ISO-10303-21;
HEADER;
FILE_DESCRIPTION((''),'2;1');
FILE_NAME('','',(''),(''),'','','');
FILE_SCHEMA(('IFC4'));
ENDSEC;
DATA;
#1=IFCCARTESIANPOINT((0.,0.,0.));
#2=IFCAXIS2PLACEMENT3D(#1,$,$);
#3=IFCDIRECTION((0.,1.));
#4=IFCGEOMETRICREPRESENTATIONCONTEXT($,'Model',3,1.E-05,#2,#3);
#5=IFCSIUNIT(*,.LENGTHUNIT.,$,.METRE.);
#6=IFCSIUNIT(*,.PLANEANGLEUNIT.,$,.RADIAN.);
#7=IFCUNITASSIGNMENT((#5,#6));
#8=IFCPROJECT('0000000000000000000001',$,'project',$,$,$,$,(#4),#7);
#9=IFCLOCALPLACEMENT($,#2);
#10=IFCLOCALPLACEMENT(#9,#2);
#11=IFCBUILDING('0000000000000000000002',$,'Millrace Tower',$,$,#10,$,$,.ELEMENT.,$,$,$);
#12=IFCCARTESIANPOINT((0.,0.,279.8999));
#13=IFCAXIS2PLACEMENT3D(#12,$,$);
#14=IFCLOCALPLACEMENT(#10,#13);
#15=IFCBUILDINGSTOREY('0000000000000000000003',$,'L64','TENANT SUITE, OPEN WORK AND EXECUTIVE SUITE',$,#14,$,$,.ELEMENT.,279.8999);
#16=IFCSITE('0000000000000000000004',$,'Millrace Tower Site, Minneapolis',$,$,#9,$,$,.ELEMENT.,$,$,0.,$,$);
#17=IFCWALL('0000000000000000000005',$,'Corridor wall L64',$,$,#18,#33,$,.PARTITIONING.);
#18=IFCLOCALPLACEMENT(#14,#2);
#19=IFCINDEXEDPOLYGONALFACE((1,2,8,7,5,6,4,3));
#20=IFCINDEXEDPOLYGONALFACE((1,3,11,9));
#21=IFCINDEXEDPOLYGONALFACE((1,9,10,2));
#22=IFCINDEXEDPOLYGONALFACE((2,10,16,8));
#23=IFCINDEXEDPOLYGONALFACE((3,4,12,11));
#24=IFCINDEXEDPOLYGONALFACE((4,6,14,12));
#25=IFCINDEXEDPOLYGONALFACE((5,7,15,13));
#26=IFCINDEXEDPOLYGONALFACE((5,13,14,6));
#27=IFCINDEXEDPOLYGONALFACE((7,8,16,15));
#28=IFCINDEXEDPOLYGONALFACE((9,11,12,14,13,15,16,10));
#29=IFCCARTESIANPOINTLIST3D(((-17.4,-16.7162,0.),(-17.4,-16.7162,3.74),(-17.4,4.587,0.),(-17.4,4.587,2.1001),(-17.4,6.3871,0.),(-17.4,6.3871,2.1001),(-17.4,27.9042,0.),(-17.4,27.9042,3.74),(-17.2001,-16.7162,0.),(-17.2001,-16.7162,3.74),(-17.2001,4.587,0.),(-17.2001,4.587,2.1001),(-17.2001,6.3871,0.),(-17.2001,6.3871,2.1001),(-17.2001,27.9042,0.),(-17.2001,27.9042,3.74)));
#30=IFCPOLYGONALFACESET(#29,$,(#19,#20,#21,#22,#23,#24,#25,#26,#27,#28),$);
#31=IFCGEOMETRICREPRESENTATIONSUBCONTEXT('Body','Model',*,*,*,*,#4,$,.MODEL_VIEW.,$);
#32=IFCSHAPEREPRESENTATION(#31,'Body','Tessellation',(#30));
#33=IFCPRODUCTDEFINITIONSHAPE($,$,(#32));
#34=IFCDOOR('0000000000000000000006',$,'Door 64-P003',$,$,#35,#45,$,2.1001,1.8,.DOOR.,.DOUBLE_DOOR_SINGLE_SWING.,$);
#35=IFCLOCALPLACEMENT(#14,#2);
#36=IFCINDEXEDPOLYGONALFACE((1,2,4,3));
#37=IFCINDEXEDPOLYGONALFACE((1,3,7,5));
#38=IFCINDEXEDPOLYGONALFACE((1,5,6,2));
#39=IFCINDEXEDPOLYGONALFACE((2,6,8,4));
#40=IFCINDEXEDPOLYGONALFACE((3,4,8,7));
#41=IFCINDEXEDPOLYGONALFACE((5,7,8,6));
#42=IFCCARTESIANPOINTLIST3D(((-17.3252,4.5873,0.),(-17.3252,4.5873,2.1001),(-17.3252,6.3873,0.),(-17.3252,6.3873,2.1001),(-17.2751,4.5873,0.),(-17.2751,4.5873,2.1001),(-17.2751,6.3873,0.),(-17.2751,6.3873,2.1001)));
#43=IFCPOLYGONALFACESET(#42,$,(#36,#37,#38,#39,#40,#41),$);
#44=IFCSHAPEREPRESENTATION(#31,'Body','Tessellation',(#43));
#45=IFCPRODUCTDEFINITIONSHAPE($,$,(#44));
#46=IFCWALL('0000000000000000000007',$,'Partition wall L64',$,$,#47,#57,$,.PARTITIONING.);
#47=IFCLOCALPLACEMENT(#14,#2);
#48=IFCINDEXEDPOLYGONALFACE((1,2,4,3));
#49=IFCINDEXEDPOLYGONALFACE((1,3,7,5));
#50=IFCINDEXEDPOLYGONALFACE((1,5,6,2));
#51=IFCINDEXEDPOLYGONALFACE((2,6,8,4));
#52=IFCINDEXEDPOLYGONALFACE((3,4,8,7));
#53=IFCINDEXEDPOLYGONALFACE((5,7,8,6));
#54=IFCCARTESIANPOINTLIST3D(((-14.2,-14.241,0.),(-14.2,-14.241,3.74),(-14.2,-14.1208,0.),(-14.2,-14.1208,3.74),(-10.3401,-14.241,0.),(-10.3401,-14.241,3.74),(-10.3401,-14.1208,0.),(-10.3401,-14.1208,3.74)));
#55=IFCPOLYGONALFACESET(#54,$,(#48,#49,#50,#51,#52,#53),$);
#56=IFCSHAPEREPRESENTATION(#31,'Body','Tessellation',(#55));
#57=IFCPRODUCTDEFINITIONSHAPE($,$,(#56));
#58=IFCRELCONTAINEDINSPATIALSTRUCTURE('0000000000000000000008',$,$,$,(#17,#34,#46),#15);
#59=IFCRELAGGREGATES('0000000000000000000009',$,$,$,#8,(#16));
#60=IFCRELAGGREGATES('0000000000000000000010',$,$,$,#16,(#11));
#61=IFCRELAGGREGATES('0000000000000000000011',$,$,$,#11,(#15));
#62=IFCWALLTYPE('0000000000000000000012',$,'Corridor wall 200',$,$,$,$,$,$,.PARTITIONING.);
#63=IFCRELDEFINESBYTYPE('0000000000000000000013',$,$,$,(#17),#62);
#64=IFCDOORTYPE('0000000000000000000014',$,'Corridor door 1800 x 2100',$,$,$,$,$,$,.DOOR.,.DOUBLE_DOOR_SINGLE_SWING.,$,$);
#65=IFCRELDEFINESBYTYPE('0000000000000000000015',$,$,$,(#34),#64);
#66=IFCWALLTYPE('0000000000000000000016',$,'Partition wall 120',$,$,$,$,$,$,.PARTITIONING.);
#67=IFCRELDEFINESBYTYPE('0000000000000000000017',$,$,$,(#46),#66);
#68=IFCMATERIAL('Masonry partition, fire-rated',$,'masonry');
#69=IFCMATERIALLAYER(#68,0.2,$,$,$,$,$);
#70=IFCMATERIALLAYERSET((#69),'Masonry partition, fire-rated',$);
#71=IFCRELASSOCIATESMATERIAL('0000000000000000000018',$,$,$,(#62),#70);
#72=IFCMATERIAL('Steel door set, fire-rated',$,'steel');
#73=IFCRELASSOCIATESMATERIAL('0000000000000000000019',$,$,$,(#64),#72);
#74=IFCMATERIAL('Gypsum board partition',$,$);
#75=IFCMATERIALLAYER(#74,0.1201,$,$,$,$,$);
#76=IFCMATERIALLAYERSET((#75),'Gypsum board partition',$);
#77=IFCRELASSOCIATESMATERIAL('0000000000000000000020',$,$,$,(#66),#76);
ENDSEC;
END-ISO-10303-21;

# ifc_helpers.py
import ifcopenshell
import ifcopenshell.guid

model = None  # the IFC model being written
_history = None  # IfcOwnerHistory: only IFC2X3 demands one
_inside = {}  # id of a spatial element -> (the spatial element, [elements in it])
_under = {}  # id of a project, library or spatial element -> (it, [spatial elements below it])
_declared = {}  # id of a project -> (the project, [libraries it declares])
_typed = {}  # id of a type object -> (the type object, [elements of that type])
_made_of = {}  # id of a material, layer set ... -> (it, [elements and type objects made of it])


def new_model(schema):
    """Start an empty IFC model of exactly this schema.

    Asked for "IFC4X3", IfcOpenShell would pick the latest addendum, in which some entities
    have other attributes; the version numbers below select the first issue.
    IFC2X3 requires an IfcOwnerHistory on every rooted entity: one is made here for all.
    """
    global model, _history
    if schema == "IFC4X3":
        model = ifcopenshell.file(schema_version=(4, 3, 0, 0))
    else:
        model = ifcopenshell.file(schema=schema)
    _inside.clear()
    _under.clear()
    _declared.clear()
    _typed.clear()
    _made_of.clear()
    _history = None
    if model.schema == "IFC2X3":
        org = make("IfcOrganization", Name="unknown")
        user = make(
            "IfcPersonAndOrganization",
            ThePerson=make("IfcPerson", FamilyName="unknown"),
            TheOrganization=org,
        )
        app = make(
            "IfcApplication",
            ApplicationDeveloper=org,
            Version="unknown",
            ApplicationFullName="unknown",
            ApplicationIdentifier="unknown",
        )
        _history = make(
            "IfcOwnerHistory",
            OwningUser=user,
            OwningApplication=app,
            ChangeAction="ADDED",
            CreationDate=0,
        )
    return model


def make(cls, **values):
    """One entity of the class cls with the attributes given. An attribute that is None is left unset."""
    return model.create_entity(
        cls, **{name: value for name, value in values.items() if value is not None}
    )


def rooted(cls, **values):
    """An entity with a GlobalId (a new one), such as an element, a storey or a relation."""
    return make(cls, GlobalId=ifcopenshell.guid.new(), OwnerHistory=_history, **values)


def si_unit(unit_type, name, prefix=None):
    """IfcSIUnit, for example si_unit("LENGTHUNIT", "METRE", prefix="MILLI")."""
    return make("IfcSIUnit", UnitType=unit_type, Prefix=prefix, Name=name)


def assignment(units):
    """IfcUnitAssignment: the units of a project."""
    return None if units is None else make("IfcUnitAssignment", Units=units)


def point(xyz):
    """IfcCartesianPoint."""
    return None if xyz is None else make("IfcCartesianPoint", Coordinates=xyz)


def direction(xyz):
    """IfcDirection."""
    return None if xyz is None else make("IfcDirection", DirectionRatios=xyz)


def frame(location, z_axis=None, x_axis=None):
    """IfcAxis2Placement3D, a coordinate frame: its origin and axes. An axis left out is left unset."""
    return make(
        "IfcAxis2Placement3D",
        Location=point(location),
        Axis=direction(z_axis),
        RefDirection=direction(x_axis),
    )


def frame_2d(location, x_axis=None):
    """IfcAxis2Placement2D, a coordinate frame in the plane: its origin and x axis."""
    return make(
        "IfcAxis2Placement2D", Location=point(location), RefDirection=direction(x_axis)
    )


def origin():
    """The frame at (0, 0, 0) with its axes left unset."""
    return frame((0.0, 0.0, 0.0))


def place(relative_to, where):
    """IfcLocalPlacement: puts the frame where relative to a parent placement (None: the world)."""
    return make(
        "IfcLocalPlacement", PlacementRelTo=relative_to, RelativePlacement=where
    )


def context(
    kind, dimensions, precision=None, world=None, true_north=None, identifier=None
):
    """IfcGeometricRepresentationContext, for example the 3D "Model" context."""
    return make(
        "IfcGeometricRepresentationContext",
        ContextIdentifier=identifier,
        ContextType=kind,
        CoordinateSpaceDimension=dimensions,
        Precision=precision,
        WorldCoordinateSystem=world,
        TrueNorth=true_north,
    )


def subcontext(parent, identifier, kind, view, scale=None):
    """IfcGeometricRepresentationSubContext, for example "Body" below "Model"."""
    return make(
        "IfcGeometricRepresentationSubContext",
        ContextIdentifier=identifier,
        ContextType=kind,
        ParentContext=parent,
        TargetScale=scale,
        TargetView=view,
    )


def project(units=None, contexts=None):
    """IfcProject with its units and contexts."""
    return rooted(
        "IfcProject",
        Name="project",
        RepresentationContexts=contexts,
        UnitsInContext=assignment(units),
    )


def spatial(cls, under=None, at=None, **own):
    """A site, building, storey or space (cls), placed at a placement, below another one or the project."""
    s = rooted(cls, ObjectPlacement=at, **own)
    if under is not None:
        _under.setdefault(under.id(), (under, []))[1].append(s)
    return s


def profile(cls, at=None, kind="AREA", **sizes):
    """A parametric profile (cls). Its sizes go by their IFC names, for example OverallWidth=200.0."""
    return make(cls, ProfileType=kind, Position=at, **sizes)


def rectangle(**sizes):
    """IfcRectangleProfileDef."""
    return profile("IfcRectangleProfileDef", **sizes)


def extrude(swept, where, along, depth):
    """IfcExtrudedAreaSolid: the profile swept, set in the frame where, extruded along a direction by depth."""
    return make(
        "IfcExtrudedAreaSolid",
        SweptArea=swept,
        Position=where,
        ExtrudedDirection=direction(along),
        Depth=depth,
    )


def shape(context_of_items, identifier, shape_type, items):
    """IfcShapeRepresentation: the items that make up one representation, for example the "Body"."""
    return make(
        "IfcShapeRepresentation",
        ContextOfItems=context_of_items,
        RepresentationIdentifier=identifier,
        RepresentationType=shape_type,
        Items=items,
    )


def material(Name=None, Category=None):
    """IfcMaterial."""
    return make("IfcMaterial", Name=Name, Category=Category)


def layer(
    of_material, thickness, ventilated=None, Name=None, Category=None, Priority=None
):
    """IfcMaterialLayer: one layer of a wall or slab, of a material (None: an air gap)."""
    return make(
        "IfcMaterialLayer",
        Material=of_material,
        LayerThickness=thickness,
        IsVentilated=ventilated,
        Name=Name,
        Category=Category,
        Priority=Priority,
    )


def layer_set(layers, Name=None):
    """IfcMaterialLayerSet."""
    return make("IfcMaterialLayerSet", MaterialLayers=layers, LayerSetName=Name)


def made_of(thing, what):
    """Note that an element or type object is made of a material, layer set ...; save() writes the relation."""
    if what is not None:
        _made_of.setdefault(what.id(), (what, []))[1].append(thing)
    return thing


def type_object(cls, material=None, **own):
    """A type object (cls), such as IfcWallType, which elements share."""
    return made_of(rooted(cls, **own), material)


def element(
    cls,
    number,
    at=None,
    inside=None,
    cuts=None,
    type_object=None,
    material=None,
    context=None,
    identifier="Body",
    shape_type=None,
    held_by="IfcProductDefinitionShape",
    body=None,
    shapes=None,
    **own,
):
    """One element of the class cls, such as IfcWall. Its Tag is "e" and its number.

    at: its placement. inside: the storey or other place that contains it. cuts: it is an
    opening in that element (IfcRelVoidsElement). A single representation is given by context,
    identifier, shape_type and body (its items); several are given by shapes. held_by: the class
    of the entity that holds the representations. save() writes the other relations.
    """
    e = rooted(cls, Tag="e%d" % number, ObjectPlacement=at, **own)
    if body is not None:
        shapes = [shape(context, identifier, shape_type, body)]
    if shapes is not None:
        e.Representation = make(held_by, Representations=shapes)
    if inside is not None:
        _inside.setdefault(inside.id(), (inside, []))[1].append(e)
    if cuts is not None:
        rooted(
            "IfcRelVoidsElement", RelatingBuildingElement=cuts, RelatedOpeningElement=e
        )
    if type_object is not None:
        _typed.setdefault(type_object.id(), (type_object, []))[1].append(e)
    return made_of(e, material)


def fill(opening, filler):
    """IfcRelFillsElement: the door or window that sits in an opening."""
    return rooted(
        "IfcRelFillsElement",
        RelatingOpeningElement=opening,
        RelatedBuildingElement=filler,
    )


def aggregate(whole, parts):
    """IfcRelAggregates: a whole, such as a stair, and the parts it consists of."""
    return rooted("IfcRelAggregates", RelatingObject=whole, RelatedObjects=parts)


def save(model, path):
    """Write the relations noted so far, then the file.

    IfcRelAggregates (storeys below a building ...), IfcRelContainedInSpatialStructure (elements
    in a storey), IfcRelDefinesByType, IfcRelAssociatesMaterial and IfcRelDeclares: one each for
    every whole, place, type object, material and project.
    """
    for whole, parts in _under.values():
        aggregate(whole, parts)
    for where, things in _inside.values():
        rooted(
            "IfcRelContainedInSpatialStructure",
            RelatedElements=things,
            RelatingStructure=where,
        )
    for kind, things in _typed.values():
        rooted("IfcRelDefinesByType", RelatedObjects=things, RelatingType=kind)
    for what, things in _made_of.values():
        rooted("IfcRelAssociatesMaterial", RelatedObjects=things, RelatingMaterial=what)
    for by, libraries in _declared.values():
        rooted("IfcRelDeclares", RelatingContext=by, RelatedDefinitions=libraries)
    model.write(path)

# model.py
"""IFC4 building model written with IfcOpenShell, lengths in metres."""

from ifc_helpers import new_model, si_unit, direction, frame, frame_2d, origin, place, context, subcontext, project, spatial, rectangle, extrude, material, layer, layer_set, type_object, element, fill, save


model = new_model("IFC4")

# Units and contexts
model_context = context("Model", 3, precision=1e-05, world=origin(), true_north=direction((0.0, 1.0)))
body_context = subcontext(model_context, "Body", "Model", "MODEL_VIEW")
ifc_project = project(units=[si_unit("LENGTHUNIT", "METRE"), si_unit("PLANEANGLEUNIT", "RADIAN")], contexts=[model_context])

# Site, building, storey
site_placement = place(None, origin())
site = spatial("IfcSite", under=ifc_project, at=site_placement, Name="Millrace Tower Site, Minneapolis", CompositionType="ELEMENT", RefElevation=0.0)
building_placement = place(site_placement, origin())
building = spatial("IfcBuilding", under=site, at=building_placement, Name="Millrace Tower", CompositionType="ELEMENT")
storey_placement = place(building_placement, frame((0.0, 0.0, 279.8999)))
storey = spatial("IfcBuildingStorey", under=building, at=storey_placement, Name="L64", Description="TENANT SUITE, OPEN WORK AND EXECUTIVE SUITE", CompositionType="ELEMENT", Elevation=279.8999)

# Shared definitions
ifc_material_1 = material(Name="Masonry partition, fire-rated", Category="masonry")
ifc_layer_1 = layer(ifc_material_1, 0.2)
ifc_layer_set_1 = layer_set([ifc_layer_1], Name="Masonry partition, fire-rated")
wall_type_1 = type_object("IfcWallType", Name="Corridor wall 200", PredefinedType="PARTITIONING", material=ifc_layer_set_1)

# Shared definitions
ifc_material_2 = material(Name="Steel door set, fire-rated", Category="steel")
door_type_1 = type_object("IfcDoorType", Name="Corridor door 1800 x 2100", OperationType="DOUBLE_DOOR_SINGLE_SWING", PredefinedType="DOOR", material=ifc_material_2)

# Wall, opening, door
wall_1_placement = place(storey_placement, frame((-17.3, -16.7161, 0.0), z_axis=(0.0, 0.0, 1.0), x_axis=(0.0, 1.0, 0.0)))
wall_1 = element("IfcWall", 1, at=wall_1_placement, inside=storey, type_object=wall_type_1, Name="Corridor wall L64", PredefinedType="PARTITIONING", context=body_context, shape_type="SweptSolid", body=[
    extrude(rectangle(XDim=44.6204, YDim=0.2, at=frame_2d((22.3101, 0.0))), origin(), (0.0, 0.0, 1.0), 3.74),
])
opening_1_placement = place(wall_1_placement, frame((21.3032, 0.0, 0.0)))
opening_1 = element("IfcOpeningElement", 2, at=opening_1_placement, cuts=wall_1, PredefinedType="OPENING", context=body_context, shape_type="SweptSolid", body=[
    extrude(rectangle(XDim=1.8, YDim=2.1001, at=frame_2d((0.8999, 1.05))), frame((0.0, 0.1099, 0.0), z_axis=(0.0, -1.0, 0.0), x_axis=(1.0, 0.0, 0.0)), (0.0, 0.0, 1.0), 0.22),
])
door_1_placement = place(opening_1_placement, frame((1.8, 0.0, 0.0), z_axis=(0.0, 0.0, 1.0), x_axis=(-1.0, 0.0, 0.0)))
door_1 = element("IfcDoor", 3, at=door_1_placement, inside=storey, type_object=door_type_1, Name="Door 64-P003", OperationType="DOUBLE_DOOR_SINGLE_SWING", OverallHeight=2.1001, OverallWidth=1.8, PredefinedType="DOOR", context=body_context, shape_type="SweptSolid", body=[
    extrude(rectangle(XDim=1.8, YDim=2.1001, at=frame_2d((0.8999, 1.05))), frame((0.0, 0.0249, 0.0), z_axis=(0.0, -1.0, 0.0), x_axis=(1.0, 0.0, 0.0)), (0.0, 0.0, 1.0), 0.05),
])
fill(opening_1, door_1)

# Wall
ifc_material_3 = material(Name="Gypsum board partition")
ifc_layer_2 = layer(ifc_material_3, 0.1201)
ifc_layer_set_2 = layer_set([ifc_layer_2], Name="Gypsum board partition")
wall_type_2 = type_object("IfcWallType", Name="Partition wall 120", PredefinedType="PARTITIONING", material=ifc_layer_set_2)
wall_2_placement = place(storey_placement, frame((-14.2, -14.1809, 0.0), z_axis=(0.0, 0.0, 1.0), x_axis=(1.0, 0.0, 0.0)))
element("IfcWall", 4, at=wall_2_placement, inside=storey, type_object=wall_type_2, Name="Partition wall L64", PredefinedType="PARTITIONING", context=body_context, shape_type="SweptSolid", body=[
    extrude(rectangle(XDim=3.8599, YDim=0.1201, at=frame_2d((1.9299, 0.0))), origin(), (0.0, 0.0, 1.0), 3.74),
])

save(model, "model.ifc")
